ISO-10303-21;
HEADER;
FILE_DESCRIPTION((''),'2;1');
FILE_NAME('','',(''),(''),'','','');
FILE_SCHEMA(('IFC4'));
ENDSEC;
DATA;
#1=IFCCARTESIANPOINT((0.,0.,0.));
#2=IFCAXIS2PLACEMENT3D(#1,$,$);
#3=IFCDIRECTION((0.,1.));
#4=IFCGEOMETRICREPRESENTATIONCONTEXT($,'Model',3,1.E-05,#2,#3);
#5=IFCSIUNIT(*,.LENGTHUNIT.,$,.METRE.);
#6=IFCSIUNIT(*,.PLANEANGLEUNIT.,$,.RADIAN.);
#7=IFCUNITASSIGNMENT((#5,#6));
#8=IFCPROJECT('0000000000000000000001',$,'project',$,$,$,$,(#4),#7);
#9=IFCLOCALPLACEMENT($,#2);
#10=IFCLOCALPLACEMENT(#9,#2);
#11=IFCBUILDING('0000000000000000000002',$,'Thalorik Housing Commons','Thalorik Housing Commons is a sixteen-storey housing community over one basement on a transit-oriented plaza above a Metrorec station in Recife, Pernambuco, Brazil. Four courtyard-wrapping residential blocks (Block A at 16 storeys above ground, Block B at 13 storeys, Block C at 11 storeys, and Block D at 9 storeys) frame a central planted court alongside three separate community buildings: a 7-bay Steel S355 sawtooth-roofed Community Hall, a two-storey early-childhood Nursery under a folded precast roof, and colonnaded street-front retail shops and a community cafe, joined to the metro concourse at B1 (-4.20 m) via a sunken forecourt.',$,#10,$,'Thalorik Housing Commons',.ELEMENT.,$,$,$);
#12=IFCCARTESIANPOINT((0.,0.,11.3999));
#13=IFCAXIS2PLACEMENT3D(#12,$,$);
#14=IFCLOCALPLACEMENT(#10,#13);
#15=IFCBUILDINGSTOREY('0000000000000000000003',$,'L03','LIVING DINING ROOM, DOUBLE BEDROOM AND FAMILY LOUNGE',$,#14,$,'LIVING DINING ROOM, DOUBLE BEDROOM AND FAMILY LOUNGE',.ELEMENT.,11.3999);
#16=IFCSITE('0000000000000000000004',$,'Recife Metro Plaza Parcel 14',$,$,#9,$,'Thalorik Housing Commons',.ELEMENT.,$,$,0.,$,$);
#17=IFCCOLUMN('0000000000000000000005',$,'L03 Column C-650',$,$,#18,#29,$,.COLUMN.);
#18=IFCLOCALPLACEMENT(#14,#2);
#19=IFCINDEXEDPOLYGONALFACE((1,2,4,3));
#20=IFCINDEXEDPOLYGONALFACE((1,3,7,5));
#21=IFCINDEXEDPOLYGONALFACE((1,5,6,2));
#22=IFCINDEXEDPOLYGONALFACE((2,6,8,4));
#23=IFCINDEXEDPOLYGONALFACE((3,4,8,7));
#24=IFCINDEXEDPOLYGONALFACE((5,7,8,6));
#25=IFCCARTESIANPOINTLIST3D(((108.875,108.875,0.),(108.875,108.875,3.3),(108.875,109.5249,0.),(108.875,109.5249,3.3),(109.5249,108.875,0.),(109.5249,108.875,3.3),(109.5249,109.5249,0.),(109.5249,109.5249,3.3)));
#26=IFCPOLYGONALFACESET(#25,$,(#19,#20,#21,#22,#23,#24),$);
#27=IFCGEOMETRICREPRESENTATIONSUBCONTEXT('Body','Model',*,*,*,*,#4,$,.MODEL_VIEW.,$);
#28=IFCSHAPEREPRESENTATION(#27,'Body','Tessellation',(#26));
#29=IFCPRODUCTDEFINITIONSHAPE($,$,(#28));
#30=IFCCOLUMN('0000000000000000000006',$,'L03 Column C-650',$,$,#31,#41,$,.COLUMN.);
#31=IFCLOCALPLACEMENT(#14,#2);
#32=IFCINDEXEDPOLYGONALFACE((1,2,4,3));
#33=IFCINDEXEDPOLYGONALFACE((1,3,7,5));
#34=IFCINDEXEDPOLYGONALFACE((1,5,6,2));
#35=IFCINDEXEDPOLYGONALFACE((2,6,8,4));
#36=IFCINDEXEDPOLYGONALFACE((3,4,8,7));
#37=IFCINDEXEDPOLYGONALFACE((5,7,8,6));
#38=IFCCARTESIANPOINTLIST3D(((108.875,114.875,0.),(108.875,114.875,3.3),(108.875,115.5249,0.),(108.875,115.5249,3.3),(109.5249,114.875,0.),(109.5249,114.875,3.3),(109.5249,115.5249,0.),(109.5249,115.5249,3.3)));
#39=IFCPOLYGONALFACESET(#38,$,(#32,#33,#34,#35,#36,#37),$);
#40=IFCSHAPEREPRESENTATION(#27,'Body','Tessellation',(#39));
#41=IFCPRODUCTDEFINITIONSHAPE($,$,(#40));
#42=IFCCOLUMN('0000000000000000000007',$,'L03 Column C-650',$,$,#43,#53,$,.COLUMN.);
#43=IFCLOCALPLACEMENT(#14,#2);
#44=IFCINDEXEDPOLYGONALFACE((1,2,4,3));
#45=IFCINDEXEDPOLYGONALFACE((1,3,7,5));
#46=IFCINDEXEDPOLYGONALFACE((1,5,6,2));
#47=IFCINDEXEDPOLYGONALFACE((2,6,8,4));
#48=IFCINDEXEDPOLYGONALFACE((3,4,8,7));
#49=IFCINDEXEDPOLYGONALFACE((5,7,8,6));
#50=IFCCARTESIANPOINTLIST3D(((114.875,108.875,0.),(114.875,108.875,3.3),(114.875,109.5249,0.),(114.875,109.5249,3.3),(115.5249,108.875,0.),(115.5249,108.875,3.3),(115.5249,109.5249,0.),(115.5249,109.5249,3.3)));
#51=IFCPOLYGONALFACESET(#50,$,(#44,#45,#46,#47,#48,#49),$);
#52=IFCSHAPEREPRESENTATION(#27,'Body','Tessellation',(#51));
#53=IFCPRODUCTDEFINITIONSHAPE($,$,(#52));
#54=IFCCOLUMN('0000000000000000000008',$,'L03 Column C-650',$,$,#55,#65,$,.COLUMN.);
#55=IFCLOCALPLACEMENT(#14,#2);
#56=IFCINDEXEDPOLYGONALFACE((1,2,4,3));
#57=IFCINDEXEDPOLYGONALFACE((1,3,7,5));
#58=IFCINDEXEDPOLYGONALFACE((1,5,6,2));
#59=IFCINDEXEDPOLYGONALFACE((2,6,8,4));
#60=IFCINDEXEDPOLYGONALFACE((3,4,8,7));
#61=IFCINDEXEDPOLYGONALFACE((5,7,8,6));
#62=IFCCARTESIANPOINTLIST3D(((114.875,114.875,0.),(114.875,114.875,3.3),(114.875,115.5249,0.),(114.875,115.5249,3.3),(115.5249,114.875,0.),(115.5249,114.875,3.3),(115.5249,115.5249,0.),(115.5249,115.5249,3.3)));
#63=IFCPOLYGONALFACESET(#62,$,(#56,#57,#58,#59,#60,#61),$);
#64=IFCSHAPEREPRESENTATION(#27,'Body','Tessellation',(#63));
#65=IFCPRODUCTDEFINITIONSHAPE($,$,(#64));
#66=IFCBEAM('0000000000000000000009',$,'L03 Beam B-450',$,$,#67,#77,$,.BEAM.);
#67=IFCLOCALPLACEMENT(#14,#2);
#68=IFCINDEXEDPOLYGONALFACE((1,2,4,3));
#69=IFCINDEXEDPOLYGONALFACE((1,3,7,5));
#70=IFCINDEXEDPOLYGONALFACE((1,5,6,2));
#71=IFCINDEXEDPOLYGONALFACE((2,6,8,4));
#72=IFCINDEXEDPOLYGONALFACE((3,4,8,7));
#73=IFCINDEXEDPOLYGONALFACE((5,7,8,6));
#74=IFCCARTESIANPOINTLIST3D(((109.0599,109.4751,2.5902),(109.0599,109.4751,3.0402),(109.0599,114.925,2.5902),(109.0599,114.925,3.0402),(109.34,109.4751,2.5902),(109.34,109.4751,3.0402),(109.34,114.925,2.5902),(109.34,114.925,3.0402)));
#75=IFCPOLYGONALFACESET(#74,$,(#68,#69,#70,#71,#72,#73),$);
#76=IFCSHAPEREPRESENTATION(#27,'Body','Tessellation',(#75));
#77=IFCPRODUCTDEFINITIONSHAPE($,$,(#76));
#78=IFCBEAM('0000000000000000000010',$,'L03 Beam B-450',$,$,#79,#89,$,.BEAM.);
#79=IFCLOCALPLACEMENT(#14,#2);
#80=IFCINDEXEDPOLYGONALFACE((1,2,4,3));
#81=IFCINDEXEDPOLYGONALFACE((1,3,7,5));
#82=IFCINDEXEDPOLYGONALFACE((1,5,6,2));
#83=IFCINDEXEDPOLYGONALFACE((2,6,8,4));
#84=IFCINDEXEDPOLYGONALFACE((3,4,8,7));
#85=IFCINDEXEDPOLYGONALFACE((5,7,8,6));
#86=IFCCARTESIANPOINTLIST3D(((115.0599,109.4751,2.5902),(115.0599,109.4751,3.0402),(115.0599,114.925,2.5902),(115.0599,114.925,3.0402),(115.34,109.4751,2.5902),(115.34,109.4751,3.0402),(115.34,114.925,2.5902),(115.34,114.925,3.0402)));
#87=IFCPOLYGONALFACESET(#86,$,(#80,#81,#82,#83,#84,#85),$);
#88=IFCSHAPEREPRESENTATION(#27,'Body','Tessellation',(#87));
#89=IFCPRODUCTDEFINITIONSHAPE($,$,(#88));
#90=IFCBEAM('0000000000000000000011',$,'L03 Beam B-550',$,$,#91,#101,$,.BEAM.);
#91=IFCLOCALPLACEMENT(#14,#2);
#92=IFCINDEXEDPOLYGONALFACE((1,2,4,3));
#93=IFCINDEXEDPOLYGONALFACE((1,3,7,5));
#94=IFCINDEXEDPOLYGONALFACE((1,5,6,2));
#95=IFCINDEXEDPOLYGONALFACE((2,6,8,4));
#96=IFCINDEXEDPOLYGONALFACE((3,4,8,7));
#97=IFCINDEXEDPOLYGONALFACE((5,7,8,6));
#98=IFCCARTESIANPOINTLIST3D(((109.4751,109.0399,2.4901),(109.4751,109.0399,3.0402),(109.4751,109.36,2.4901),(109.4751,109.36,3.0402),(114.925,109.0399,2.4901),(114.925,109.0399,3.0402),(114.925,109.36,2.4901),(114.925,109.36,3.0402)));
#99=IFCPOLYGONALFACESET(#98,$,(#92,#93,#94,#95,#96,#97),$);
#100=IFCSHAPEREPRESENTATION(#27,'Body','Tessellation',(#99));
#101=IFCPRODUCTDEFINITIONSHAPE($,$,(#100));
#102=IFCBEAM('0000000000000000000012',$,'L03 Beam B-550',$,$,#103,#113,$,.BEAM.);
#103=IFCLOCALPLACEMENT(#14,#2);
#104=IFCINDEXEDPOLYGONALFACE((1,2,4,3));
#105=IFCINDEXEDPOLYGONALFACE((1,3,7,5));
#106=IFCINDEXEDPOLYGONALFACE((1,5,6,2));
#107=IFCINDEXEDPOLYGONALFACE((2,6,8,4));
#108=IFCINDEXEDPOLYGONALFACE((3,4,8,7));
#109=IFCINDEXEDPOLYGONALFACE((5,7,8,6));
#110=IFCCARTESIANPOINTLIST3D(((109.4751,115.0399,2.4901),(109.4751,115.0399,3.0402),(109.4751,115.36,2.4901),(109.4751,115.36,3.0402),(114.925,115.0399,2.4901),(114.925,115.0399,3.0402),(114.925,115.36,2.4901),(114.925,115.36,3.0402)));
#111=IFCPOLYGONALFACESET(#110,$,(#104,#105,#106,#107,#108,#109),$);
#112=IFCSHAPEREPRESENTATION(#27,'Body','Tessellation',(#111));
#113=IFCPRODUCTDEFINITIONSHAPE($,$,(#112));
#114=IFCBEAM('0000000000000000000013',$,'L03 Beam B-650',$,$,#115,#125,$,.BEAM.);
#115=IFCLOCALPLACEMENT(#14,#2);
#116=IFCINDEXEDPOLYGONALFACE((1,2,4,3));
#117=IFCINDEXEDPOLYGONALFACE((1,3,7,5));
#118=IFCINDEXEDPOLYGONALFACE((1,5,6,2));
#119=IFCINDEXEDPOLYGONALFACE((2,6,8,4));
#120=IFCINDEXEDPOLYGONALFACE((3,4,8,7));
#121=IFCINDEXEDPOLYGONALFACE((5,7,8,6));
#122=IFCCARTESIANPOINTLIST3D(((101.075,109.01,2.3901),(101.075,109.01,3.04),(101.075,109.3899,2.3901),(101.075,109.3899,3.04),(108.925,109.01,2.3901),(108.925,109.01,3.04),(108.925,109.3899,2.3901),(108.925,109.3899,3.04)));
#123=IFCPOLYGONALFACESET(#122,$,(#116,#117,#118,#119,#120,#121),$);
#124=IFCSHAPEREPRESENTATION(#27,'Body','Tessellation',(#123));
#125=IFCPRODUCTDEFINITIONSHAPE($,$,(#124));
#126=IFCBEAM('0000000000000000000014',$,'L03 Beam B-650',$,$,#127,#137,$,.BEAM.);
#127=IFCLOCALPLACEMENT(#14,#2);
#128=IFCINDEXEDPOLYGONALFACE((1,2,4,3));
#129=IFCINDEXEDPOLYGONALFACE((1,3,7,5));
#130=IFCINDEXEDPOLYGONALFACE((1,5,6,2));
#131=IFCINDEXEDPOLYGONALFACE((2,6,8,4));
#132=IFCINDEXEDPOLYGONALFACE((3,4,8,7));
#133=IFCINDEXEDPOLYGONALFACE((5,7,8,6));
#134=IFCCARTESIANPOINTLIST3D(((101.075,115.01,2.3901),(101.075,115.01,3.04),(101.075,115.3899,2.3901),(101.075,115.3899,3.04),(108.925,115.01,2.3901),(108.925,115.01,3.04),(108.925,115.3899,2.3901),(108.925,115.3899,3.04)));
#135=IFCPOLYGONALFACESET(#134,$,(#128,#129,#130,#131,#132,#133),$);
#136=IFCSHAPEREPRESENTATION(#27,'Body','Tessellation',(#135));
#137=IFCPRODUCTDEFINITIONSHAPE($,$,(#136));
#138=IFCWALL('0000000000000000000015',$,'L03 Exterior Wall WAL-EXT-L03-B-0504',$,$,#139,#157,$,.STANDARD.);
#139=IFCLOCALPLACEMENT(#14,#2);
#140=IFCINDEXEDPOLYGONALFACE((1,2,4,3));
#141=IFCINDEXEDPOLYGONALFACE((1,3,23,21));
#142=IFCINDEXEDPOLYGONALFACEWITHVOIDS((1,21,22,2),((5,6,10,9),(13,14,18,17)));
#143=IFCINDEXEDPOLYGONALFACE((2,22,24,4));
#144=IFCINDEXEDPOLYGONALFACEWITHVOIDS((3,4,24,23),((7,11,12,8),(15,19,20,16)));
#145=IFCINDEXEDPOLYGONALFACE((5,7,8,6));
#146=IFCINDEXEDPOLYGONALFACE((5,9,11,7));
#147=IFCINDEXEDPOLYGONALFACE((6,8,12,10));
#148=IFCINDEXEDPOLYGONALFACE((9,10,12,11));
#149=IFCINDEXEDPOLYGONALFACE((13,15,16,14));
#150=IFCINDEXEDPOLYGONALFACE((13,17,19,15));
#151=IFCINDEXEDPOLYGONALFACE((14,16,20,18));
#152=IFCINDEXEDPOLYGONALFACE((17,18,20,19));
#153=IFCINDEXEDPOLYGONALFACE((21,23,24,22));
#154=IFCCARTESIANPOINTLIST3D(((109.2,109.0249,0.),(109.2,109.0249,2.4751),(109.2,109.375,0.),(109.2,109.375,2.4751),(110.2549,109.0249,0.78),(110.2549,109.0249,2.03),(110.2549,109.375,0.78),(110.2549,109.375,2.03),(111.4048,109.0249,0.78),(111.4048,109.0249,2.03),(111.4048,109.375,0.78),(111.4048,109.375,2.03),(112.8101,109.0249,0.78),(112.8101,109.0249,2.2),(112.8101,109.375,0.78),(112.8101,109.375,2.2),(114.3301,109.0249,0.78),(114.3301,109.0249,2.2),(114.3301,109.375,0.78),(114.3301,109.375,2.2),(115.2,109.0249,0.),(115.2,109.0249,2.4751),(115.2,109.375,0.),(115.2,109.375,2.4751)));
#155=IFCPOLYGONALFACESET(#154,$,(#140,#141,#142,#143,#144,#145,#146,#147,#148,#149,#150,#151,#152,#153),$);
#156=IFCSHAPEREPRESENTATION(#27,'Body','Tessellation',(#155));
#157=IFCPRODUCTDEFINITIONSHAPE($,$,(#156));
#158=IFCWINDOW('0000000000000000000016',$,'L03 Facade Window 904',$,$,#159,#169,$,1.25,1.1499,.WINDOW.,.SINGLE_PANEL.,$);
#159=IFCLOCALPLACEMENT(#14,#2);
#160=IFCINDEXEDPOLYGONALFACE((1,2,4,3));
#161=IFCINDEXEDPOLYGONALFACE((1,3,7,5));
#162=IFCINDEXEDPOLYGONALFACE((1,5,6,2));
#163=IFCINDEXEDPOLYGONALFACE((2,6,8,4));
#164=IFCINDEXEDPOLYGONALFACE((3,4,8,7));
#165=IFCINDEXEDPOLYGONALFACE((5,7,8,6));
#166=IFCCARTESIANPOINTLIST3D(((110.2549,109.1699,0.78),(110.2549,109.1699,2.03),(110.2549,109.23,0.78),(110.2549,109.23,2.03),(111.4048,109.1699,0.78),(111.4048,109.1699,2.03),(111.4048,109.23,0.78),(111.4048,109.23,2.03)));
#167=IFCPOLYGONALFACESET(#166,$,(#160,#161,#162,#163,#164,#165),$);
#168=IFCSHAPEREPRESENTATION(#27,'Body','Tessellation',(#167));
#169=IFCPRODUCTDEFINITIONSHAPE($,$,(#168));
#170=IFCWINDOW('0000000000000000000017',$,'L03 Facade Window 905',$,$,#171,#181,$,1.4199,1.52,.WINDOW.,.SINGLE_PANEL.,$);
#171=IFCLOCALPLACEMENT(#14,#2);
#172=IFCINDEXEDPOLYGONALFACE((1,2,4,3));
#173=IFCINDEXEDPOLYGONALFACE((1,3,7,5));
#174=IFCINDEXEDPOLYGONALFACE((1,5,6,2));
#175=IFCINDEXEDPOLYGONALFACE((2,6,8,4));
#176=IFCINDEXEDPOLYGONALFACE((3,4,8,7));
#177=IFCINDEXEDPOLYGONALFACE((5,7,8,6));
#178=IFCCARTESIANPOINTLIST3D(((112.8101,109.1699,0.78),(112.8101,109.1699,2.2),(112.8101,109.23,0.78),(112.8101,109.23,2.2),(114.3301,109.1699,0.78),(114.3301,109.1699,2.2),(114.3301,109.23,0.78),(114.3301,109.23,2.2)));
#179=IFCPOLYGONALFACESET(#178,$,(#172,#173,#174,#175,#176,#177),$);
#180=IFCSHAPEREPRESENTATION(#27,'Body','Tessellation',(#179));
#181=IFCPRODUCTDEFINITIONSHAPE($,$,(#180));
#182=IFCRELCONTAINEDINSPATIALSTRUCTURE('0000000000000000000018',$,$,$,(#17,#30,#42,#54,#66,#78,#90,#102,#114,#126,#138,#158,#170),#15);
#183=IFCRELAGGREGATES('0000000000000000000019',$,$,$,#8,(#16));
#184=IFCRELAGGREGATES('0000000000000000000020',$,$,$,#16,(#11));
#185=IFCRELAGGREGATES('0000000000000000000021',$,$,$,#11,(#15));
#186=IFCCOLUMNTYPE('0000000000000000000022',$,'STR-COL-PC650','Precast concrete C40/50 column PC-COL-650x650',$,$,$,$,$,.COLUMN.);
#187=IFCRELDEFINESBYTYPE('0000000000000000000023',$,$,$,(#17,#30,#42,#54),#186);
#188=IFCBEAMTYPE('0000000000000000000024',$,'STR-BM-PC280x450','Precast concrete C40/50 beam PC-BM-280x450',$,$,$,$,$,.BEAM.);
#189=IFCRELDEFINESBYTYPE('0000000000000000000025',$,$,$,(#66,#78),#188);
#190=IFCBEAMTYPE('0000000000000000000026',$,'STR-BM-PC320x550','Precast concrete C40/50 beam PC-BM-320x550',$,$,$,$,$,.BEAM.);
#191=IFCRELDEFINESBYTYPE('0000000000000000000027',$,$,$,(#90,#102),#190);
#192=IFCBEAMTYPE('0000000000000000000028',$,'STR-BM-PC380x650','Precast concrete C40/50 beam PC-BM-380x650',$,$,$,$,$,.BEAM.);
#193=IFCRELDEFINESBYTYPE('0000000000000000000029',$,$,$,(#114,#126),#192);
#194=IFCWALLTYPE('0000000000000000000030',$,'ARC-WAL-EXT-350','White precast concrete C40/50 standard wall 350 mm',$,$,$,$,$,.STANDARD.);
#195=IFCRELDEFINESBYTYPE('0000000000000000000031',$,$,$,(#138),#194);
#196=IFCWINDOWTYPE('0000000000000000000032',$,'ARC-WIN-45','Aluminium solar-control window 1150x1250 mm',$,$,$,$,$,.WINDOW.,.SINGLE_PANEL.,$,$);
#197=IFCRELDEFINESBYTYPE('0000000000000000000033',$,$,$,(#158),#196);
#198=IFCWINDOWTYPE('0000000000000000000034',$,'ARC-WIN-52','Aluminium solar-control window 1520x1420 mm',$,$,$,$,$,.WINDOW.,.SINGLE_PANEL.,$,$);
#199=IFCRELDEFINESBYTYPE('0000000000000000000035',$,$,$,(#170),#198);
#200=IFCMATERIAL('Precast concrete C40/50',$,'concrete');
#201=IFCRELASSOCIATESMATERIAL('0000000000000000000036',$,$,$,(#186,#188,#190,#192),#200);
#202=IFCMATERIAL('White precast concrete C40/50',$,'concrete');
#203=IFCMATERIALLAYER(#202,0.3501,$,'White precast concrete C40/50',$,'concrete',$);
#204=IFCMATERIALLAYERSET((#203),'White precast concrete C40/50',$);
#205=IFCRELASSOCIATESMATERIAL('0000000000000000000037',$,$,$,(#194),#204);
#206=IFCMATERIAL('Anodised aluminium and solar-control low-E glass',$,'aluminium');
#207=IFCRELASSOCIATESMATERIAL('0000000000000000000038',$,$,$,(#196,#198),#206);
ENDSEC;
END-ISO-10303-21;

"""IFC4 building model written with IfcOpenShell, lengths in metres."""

from ifc_helpers import new_model, si_unit, direction, frame, frame_2d, origin, origin_2d, place, context, subcontext, project, spatial, rectangle, extrude, material, layer, layer_set, material_profile, profile_set, type_object, element, fill, save


model = new_model("IFC4")

# Units and contexts
model_context = context("Model", 3, precision=1e-05, world=origin(), true_north=direction((0.0, 1.0)))
body_context = subcontext(model_context, "Body", "Model", "MODEL_VIEW")
ifc_project = project(units=[si_unit("LENGTHUNIT", "METRE"), si_unit("PLANEANGLEUNIT", "RADIAN")], contexts=[model_context])

# Site, building, storey
site_placement = place(None, origin())
site = spatial("IfcSite", under=ifc_project, at=site_placement, Name="Recife Metro Plaza Parcel 14", LongName="Thalorik Housing Commons", CompositionType="ELEMENT", RefElevation=0.0)
building_placement = place(site_placement, origin())
building = spatial("IfcBuilding", under=site, at=building_placement, Name="Thalorik Housing Commons", Description="Thalorik Housing Commons is a sixteen-storey housing community over one basement on a transit-oriented plaza above a Metrorec station in Recife, Pernambuco, Brazil. Four courtyard-wrapping residential blocks (Block A at 16 storeys above ground, Block B at 13 storeys, Block C at 11 storeys, and Block D at 9 storeys) frame a central planted court alongside three separate community buildings: a 7-bay Steel S355 sawtooth-roofed Community Hall, a two-storey early-childhood Nursery under a folded precast roof, and colonnaded street-front retail shops and a community cafe, joined to the metro concourse at B1 (-4.20 m) via a sunken forecourt.", LongName="Thalorik Housing Commons", CompositionType="ELEMENT")
storey_placement = place(building_placement, frame((0.0, 0.0, 11.3999)))
storey = spatial("IfcBuildingStorey", under=building, at=storey_placement, Name="L03", Description="LIVING DINING ROOM, DOUBLE BEDROOM AND FAMILY LOUNGE", LongName="LIVING DINING ROOM, DOUBLE BEDROOM AND FAMILY LOUNGE", CompositionType="ELEMENT", Elevation=11.3999)

# Columns
ifc_material_1 = material(Name="Precast concrete C40/50", Category="concrete")
ifc_material_profile_1 = material_profile(ifc_material_1, rectangle(XDim=0.6499, YDim=0.6499, at=origin_2d()), Name="PC 650x650", Category="concrete")
ifc_profile_set_1 = profile_set([ifc_material_profile_1], Name="Precast concrete C40/50")
column_type = type_object("IfcColumnType", Name="STR-COL-PC650", Description="Precast concrete C40/50 column PC-COL-650x650", PredefinedType="COLUMN", material=ifc_profile_set_1)
for number, where, z_axis, x_axis, name in (
    (1, (109.2, 109.2, 0.0), (0.0, 0.0, 1.0), (1.0, 0.0, 0.0), "L03 Column C-650"),
    (2, (109.2, 115.2, 0.0), (0.0, 0.0, 1.0), (1.0, 0.0, 0.0), "L03 Column C-650"),
    (3, (115.2, 109.2, 0.0), (0.0, 0.0, 1.0), (1.0, 0.0, 0.0), "L03 Column C-650"),
    (4, (115.2, 115.2, 0.0), (0.0, 0.0, 1.0), (1.0, 0.0, 0.0), "L03 Column C-650"),
):
    element("IfcColumn", number, at=place(storey_placement, frame(where, z_axis=z_axis, x_axis=x_axis)), inside=storey, type_object=column_type, Name=name, PredefinedType="COLUMN", context=body_context, shape_type="SweptSolid", body=[
        extrude(rectangle(XDim=0.6499, YDim=0.6499, at=origin_2d()), origin(), (0.0, 0.0, 1.0), 3.3),
    ])

# Beams
ifc_material_profile_2 = material_profile(ifc_material_1, rectangle(XDim=0.28, YDim=0.45, at=origin_2d()), Name="PC 280x450", Category="concrete")
ifc_profile_set_2 = profile_set([ifc_material_profile_2], Name="Precast concrete C40/50")
beam_type_1 = type_object("IfcBeamType", Name="STR-BM-PC280x450", Description="Precast concrete C40/50 beam PC-BM-280x450", PredefinedType="BEAM", material=ifc_profile_set_2)
for number, where, z_axis, x_axis, name in (
    (5, (109.2, 109.4751, 2.8152), (0.0, 1.0, 0.0), (-1.0, 0.0, 0.0), "L03 Beam B-450"),
    (6, (115.2, 109.4751, 2.8152), (0.0, 1.0, 0.0), (-1.0, 0.0, 0.0), "L03 Beam B-450"),
):
    element("IfcBeam", number, at=place(storey_placement, frame(where, z_axis=z_axis, x_axis=x_axis)), inside=storey, type_object=beam_type_1, Name=name, PredefinedType="BEAM", context=body_context, shape_type="SweptSolid", body=[
        extrude(rectangle(XDim=0.28, YDim=0.45, at=origin_2d()), origin(), (0.0, 0.0, 1.0), 5.45),
    ])
ifc_material_profile_3 = material_profile(ifc_material_1, rectangle(XDim=0.3201, YDim=0.55, at=origin_2d()), Name="PC 320x550", Category="concrete")
ifc_profile_set_3 = profile_set([ifc_material_profile_3], Name="Precast concrete C40/50")
beam_type_2 = type_object("IfcBeamType", Name="STR-BM-PC320x550", Description="Precast concrete C40/50 beam PC-BM-320x550", PredefinedType="BEAM", material=ifc_profile_set_3)
for number, where, z_axis, x_axis, name in (
    (7, (109.4751, 109.2, 2.7651), (1.0, 0.0, 0.0), (0.0, 1.0, 0.0), "L03 Beam B-550"),
    (8, (109.4751, 115.2, 2.7651), (1.0, 0.0, 0.0), (0.0, 1.0, 0.0), "L03 Beam B-550"),
):
    element("IfcBeam", number, at=place(storey_placement, frame(where, z_axis=z_axis, x_axis=x_axis)), inside=storey, type_object=beam_type_2, Name=name, PredefinedType="BEAM", context=body_context, shape_type="SweptSolid", body=[
        extrude(rectangle(XDim=0.3201, YDim=0.55, at=origin_2d()), origin(), (0.0, 0.0, 1.0), 5.45),
    ])
ifc_material_profile_4 = material_profile(ifc_material_1, rectangle(XDim=0.3799, YDim=0.6499, at=origin_2d()), Name="PC 380x650", Category="concrete")
ifc_profile_set_4 = profile_set([ifc_material_profile_4], Name="Precast concrete C40/50")
beam_type_3 = type_object("IfcBeamType", Name="STR-BM-PC380x650", Description="Precast concrete C40/50 beam PC-BM-380x650", PredefinedType="BEAM", material=ifc_profile_set_4)
for number, where, z_axis, x_axis, name in (
    (9, (101.075, 109.2, 2.7151), (1.0, 0.0, 0.0), (0.0, 1.0, 0.0), "L03 Beam B-650"),
    (10, (101.075, 115.2, 2.7151), (1.0, 0.0, 0.0), (0.0, 1.0, 0.0), "L03 Beam B-650"),
):
    element("IfcBeam", number, at=place(storey_placement, frame(where, z_axis=z_axis, x_axis=x_axis)), inside=storey, type_object=beam_type_3, Name=name, PredefinedType="BEAM", context=body_context, shape_type="SweptSolid", body=[
        extrude(rectangle(XDim=0.3799, YDim=0.6499, at=origin_2d()), origin(), (0.0, 0.0, 1.0), 7.8501),
    ])

# Wall, openings, windows
ifc_material_2 = material(Name="White precast concrete C40/50", Category="concrete")
ifc_layer_1 = layer(ifc_material_2, 0.3501, Name="White precast concrete C40/50", Category="concrete")
ifc_layer_set_1 = layer_set([ifc_layer_1], Name="White precast concrete C40/50")
wall_type_1 = type_object("IfcWallType", Name="ARC-WAL-EXT-350", Description="White precast concrete C40/50 standard wall 350 mm", PredefinedType="STANDARD", material=ifc_layer_set_1)
wall_1_placement = place(storey_placement, frame((109.2, 109.2, 0.0), z_axis=(0.0, 0.0, 1.0), x_axis=(1.0, 0.0, 0.0)))
wall_1 = element("IfcWall", 11, at=wall_1_placement, inside=storey, type_object=wall_type_1, Name="L03 Exterior Wall WAL-EXT-L03-B-0504", PredefinedType="STANDARD", context=body_context, shape_type="SweptSolid", body=[
    extrude(rectangle(XDim=6.0, YDim=0.3501, at=frame_2d((3.0, 0.0))), origin(), (0.0, 0.0, 1.0), 2.4751),
])
opening_1_placement = place(wall_1_placement, frame((1.0549, 0.0, 0.78)))
opening_1 = element("IfcOpeningElement", 12, at=opening_1_placement, cuts=wall_1, PredefinedType="OPENING", context=body_context, shape_type="SweptSolid", body=[
    extrude(rectangle(XDim=1.1499, YDim=1.25, at=frame_2d((0.575, 0.625))), frame((0.0, 0.1851, 0.0), z_axis=(0.0, -1.0, 0.0), x_axis=(1.0, 0.0, 0.0)), (0.0, 0.0, 1.0), 0.3701),
])
opening_2_placement = place(wall_1_placement, frame((3.6101, 0.0, 0.78)))
opening_2 = element("IfcOpeningElement", 13, at=opening_2_placement, cuts=wall_1, PredefinedType="OPENING", context=body_context, shape_type="SweptSolid", body=[
    extrude(rectangle(XDim=1.52, YDim=1.4199, at=frame_2d((0.76, 0.71))), frame((0.0, 0.1851, 0.0), z_axis=(0.0, -1.0, 0.0), x_axis=(1.0, 0.0, 0.0)), (0.0, 0.0, 1.0), 0.3701),
])
ifc_material_3 = material(Name="Anodised aluminium and solar-control low-E glass", Category="aluminium")
window_type_1 = type_object("IfcWindowType", Name="ARC-WIN-45", Description="Aluminium solar-control window 1150x1250 mm", PartitioningType="SINGLE_PANEL", PredefinedType="WINDOW", material=ifc_material_3)
window_1_placement = place(opening_1_placement, origin())
window_1 = element("IfcWindow", 14, at=window_1_placement, inside=storey, type_object=window_type_1, Name="L03 Facade Window 904", OverallHeight=1.25, OverallWidth=1.1499, PartitioningType="SINGLE_PANEL", PredefinedType="WINDOW", context=body_context, shape_type="SweptSolid", body=[
    extrude(rectangle(XDim=1.1499, YDim=1.25, at=frame_2d((0.575, 0.625))), frame((0.0, 0.03, 0.0), z_axis=(0.0, -1.0, 0.0), x_axis=(1.0, 0.0, 0.0)), (0.0, 0.0, 1.0), 0.0601),
])
fill(opening_1, window_1)
window_type_2 = type_object("IfcWindowType", Name="ARC-WIN-52", Description="Aluminium solar-control window 1520x1420 mm", PartitioningType="SINGLE_PANEL", PredefinedType="WINDOW", material=ifc_material_3)
window_2_placement = place(opening_2_placement, origin())
window_2 = element("IfcWindow", 15, at=window_2_placement, inside=storey, type_object=window_type_2, Name="L03 Facade Window 905", OverallHeight=1.4199, OverallWidth=1.52, PartitioningType="SINGLE_PANEL", PredefinedType="WINDOW", context=body_context, shape_type="SweptSolid", body=[
    extrude(rectangle(XDim=1.52, YDim=1.4199, at=frame_2d((0.76, 0.71))), frame((0.0, 0.03, 0.0), z_axis=(0.0, -1.0, 0.0), x_axis=(1.0, 0.0, 0.0)), (0.0, 0.0, 1.0), 0.0601),
])
fill(opening_2, window_2)

save(model, "model.ifc")
